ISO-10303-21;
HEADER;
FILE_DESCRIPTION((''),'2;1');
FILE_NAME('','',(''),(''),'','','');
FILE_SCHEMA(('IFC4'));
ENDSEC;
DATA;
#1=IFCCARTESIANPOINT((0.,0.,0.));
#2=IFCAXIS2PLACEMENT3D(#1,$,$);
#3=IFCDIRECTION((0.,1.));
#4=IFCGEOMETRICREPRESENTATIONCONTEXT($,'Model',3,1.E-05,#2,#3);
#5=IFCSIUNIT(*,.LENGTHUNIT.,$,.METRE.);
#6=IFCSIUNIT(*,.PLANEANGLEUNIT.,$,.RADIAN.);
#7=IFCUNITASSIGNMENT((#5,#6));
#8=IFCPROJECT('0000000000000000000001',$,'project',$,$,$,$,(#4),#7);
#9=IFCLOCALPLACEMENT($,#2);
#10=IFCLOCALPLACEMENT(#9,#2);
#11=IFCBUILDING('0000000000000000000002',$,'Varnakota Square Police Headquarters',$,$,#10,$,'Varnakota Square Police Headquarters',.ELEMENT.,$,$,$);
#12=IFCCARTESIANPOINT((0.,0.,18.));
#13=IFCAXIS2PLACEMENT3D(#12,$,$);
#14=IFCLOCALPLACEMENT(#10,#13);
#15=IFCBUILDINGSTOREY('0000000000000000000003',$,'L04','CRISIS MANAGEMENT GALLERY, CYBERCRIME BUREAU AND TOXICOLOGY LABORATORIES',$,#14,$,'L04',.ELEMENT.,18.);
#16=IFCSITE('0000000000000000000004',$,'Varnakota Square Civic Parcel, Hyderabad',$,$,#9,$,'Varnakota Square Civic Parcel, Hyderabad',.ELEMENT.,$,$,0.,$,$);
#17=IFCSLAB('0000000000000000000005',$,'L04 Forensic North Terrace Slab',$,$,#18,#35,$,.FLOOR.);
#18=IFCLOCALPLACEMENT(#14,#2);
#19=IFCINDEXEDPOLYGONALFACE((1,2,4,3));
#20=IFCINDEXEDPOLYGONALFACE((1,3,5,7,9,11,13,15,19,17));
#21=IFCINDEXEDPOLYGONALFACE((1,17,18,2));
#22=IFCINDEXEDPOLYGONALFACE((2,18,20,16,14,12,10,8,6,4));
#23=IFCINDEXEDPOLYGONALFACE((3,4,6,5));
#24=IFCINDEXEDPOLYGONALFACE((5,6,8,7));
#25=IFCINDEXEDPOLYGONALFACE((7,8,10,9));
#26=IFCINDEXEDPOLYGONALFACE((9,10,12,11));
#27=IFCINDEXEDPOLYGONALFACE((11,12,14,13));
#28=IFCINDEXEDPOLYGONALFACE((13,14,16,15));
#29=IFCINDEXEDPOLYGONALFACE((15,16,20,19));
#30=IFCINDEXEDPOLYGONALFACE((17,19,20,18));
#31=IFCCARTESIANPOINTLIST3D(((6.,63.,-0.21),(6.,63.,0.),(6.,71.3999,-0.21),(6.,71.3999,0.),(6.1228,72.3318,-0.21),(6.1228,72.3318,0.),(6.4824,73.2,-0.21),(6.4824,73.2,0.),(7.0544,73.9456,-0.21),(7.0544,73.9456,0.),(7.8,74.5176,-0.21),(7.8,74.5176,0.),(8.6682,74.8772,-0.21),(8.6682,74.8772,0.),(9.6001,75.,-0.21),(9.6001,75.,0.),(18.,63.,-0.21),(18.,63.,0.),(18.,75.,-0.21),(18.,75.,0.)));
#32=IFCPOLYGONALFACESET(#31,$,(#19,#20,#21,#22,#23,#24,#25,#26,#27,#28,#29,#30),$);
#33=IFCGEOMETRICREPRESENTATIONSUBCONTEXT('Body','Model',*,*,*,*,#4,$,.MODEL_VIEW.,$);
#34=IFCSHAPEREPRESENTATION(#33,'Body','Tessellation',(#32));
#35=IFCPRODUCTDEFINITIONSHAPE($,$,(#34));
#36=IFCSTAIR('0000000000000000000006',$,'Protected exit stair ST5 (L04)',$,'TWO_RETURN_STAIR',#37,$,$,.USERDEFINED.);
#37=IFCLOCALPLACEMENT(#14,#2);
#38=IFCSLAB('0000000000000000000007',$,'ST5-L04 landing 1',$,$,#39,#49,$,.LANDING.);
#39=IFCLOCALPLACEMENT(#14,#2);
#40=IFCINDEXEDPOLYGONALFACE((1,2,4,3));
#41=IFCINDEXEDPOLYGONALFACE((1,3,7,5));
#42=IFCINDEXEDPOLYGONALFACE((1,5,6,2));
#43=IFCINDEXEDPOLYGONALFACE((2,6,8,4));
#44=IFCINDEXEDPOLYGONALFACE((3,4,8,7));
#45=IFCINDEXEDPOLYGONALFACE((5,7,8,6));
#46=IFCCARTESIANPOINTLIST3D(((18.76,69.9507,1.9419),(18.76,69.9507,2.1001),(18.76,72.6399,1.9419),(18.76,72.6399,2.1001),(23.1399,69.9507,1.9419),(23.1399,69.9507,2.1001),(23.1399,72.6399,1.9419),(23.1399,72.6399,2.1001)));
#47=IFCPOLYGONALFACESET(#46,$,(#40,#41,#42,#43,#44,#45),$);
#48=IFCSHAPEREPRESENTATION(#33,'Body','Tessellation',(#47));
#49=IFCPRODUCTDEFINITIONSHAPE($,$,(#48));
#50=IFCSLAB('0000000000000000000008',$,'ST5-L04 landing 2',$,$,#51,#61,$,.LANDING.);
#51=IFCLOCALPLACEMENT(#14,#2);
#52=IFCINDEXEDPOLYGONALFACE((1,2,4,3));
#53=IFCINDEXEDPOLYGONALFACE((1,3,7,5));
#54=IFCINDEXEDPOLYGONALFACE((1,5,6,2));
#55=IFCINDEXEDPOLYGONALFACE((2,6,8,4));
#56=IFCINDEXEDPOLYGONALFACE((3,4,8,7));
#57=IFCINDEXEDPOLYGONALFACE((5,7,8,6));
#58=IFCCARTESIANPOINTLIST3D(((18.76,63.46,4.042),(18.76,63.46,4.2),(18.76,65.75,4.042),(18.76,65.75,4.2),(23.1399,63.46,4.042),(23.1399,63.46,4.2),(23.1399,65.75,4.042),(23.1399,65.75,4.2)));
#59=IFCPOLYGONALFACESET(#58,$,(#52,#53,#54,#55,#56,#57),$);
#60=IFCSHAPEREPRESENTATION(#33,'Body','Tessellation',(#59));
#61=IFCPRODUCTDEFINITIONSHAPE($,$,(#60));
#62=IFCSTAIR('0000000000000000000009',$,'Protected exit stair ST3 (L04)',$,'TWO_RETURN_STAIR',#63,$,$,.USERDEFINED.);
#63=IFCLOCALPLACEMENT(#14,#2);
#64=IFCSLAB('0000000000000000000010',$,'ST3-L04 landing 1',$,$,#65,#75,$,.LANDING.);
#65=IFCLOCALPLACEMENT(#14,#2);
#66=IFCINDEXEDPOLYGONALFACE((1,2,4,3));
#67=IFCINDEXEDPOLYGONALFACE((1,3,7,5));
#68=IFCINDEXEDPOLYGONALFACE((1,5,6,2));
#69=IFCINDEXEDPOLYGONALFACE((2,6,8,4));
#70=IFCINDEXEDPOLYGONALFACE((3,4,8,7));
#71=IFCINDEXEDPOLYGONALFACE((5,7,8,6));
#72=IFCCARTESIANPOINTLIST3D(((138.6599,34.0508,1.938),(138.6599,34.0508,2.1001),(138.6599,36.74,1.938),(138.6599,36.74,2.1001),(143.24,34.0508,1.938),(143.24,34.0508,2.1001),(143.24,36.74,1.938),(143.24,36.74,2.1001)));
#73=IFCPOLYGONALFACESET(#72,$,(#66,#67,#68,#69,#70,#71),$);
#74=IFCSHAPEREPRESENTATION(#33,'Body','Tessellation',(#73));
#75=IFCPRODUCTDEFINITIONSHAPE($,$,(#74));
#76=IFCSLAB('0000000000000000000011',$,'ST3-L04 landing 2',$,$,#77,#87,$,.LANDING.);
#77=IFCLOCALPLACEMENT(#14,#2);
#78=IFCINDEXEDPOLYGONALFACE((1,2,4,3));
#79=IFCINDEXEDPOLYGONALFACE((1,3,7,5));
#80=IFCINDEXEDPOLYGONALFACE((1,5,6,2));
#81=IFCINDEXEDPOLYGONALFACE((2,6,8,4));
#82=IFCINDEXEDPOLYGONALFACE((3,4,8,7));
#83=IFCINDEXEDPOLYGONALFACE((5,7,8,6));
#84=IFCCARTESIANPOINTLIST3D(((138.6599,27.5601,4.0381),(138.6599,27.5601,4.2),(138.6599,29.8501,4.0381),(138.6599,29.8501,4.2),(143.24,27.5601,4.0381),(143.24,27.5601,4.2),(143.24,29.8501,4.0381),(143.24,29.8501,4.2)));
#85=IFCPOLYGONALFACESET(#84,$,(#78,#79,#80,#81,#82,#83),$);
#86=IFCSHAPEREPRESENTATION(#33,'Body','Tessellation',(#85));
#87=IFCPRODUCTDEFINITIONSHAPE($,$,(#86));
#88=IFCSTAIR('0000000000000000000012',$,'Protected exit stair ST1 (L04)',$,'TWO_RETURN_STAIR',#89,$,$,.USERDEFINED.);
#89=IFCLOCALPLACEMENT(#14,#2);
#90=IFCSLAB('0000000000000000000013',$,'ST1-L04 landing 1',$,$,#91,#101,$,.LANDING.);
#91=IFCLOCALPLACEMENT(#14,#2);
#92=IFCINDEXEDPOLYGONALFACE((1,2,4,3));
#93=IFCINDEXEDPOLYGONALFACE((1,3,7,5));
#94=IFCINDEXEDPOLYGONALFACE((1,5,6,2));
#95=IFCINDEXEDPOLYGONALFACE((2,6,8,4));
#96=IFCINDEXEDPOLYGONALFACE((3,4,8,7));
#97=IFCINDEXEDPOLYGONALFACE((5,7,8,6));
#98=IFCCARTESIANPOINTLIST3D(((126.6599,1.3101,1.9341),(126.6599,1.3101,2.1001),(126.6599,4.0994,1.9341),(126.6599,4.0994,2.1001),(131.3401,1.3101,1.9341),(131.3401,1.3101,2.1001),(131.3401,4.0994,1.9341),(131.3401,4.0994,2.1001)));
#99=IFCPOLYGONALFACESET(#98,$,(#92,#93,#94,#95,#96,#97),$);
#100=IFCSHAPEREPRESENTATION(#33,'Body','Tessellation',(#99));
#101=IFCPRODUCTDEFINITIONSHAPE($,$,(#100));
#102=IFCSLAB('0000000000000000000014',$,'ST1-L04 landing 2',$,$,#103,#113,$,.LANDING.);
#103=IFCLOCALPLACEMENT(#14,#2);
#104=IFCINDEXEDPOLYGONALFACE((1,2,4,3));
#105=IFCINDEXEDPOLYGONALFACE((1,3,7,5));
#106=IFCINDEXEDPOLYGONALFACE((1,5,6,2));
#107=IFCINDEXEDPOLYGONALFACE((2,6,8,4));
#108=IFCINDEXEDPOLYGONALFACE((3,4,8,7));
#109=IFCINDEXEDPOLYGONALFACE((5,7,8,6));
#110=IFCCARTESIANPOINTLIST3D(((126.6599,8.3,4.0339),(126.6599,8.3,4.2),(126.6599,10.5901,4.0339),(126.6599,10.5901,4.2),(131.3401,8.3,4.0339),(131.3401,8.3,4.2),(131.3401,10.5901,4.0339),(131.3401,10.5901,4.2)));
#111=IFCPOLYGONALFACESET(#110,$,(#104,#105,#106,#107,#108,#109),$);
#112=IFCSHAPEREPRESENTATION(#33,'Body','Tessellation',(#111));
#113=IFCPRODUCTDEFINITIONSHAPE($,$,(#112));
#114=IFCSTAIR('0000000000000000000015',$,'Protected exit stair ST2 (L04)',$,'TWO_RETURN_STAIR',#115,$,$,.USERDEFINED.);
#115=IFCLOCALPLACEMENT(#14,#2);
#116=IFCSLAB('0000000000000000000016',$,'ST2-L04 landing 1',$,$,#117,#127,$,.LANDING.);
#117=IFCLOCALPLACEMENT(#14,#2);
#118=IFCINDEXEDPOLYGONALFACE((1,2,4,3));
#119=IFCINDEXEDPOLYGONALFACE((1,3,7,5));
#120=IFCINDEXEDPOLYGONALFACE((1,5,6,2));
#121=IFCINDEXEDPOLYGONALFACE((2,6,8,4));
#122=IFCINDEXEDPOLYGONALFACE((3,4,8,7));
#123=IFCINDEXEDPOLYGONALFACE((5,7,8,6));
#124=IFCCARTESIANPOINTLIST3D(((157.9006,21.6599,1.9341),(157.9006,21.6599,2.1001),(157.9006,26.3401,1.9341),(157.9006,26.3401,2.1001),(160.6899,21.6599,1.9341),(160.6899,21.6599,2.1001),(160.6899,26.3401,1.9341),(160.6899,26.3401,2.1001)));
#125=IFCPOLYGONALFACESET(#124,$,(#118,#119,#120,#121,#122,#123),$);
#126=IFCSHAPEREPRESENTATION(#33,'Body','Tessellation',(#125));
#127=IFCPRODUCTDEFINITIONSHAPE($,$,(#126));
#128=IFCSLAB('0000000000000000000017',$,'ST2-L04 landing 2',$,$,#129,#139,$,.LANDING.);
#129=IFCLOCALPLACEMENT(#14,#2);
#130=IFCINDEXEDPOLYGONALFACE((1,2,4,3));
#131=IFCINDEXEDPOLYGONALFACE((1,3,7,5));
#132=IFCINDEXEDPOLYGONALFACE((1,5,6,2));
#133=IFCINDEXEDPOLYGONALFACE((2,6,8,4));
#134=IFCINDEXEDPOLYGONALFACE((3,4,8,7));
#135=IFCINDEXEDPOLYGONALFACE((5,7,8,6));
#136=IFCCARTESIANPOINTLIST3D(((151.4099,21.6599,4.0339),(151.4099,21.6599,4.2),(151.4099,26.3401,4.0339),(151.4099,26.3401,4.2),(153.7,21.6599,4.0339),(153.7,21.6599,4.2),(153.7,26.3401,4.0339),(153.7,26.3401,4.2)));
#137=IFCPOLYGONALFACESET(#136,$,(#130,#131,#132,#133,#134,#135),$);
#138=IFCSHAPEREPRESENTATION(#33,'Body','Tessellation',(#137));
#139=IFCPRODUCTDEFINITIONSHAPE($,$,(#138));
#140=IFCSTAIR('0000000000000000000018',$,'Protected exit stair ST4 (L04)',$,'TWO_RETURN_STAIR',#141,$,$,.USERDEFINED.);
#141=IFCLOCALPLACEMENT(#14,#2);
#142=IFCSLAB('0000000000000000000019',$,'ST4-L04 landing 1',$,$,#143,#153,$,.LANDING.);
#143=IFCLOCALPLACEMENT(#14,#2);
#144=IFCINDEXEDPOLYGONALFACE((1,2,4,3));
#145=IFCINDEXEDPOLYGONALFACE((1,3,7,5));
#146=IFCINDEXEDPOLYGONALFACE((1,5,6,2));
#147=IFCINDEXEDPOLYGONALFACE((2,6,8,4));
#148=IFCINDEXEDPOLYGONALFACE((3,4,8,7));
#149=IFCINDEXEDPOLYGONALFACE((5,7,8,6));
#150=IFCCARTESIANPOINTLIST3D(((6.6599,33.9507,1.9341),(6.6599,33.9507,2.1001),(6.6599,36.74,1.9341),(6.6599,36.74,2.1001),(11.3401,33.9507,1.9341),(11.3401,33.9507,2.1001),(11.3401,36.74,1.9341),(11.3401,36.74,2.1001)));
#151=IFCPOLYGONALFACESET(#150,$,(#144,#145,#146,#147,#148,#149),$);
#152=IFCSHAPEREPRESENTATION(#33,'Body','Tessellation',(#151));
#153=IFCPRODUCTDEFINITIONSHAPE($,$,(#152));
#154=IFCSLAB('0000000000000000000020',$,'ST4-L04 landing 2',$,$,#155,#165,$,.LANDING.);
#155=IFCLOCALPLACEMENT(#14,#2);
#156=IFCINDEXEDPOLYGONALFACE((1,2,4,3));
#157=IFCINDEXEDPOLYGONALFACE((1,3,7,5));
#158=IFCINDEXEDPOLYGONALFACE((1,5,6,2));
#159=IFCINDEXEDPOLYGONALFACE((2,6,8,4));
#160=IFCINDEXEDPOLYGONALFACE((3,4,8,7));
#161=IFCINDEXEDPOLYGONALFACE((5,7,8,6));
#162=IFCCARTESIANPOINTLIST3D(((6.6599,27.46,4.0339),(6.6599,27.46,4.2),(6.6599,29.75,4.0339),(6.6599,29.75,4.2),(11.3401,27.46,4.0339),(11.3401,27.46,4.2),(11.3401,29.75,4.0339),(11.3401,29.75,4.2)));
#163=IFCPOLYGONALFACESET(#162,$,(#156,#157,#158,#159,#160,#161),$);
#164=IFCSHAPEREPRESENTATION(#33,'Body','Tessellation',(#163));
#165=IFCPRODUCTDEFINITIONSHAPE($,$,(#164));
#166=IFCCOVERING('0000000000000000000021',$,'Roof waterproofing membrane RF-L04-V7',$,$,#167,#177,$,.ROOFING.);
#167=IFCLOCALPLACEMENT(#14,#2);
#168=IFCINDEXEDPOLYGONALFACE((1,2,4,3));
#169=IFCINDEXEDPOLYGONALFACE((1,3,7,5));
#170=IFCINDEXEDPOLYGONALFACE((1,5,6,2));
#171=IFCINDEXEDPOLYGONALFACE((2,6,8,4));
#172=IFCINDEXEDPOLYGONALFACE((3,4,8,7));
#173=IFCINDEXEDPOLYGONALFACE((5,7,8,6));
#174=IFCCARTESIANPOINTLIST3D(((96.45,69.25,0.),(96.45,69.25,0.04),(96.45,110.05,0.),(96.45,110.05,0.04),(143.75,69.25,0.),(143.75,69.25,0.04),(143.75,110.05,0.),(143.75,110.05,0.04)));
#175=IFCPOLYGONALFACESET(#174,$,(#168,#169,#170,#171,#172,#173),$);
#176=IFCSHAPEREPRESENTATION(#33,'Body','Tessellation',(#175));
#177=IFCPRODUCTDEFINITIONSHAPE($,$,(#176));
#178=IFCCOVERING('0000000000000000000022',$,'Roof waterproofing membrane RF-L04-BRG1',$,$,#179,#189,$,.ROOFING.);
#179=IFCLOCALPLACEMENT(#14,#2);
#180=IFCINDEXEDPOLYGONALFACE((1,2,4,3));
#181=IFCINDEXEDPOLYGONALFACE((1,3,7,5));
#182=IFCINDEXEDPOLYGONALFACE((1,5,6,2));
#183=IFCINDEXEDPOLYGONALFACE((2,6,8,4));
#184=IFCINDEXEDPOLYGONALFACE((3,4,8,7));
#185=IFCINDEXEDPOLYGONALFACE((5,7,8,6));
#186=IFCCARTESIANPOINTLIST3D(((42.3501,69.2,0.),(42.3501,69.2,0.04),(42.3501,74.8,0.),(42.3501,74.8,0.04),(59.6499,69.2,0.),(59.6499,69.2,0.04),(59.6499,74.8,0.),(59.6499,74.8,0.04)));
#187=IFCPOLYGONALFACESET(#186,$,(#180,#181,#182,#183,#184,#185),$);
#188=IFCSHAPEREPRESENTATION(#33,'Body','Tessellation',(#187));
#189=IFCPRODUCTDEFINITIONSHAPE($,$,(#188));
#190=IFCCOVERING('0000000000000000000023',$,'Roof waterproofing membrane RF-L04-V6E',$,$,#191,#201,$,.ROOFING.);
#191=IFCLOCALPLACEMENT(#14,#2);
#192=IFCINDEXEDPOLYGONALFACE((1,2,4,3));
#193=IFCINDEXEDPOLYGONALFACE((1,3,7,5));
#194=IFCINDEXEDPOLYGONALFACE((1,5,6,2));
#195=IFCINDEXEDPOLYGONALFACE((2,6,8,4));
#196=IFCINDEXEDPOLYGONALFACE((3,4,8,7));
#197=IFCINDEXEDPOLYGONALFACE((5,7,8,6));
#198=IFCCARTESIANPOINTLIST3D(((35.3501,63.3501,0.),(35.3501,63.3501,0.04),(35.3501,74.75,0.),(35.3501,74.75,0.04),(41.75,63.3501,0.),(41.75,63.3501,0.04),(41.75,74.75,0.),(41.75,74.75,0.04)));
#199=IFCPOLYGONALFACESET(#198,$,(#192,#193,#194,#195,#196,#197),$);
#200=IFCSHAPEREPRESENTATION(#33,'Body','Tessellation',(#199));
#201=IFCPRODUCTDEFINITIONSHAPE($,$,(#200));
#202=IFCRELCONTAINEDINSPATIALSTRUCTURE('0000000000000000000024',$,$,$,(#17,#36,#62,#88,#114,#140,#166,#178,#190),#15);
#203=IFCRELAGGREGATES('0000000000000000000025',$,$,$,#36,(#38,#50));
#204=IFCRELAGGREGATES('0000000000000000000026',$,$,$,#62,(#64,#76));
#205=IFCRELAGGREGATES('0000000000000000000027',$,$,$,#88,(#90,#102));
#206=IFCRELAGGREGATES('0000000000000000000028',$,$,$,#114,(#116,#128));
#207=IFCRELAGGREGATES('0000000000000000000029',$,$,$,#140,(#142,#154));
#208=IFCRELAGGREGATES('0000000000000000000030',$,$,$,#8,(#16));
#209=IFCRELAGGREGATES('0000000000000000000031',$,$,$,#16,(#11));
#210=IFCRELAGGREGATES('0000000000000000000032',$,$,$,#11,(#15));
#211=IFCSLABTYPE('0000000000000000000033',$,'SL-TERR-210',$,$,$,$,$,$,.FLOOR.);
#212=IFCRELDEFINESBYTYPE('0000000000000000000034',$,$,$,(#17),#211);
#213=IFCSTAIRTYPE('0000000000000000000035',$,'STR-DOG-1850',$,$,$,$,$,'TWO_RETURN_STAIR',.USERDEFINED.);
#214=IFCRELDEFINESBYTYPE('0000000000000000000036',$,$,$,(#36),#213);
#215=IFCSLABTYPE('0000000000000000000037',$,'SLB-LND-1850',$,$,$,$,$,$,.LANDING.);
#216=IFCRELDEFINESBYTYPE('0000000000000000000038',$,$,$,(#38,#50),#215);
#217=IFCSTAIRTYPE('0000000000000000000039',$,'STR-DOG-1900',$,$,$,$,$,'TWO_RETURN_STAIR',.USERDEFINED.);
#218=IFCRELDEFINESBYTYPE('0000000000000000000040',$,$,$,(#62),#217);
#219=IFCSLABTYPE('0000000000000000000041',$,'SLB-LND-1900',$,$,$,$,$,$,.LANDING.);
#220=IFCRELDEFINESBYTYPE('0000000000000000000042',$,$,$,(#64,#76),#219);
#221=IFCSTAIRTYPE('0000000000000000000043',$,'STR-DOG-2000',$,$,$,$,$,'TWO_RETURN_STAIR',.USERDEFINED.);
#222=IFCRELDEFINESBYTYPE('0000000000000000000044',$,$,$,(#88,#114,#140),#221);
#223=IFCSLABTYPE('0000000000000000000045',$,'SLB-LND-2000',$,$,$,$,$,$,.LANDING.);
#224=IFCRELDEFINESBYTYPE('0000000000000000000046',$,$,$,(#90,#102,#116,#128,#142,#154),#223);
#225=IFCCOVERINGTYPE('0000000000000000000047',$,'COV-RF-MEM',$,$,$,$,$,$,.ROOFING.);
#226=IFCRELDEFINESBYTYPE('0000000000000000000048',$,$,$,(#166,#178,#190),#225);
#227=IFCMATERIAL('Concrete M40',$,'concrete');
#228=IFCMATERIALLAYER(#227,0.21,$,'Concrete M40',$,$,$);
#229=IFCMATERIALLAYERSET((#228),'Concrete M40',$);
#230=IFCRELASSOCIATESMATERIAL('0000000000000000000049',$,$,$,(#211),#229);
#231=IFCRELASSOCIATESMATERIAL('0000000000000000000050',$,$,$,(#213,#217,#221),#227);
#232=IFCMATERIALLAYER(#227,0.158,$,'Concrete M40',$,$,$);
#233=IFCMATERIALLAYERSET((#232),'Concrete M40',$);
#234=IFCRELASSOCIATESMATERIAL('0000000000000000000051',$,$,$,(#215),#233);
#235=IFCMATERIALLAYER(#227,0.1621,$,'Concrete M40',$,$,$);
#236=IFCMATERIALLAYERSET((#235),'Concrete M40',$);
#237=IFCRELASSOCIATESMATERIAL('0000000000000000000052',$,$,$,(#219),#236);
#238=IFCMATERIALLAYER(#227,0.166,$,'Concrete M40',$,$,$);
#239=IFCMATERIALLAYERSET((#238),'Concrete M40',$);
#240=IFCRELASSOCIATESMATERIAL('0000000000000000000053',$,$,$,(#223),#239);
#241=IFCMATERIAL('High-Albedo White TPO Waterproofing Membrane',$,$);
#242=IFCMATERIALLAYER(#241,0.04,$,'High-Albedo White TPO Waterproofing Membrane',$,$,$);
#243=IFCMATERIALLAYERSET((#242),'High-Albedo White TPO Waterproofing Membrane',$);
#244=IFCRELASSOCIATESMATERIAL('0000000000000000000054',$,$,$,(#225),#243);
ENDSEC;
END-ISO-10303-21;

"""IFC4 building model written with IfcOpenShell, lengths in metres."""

from ifc_helpers import new_model, si_unit, direction, frame, origin, place, context, subcontext, project, spatial, polyline, outline, extrude, material, layer, layer_set, type_object, element, aggregate, save


model = new_model("IFC4")

# Units and contexts
model_context = context("Model", 3, precision=1e-05, world=origin(), true_north=direction((0.0, 1.0)))
body_context = subcontext(model_context, "Body", "Model", "MODEL_VIEW")
ifc_project = project(units=[si_unit("LENGTHUNIT", "METRE"), si_unit("PLANEANGLEUNIT", "RADIAN")], contexts=[model_context])

# Site, building, storey
site_placement = place(None, origin())
site = spatial("IfcSite", under=ifc_project, at=site_placement, Name="Varnakota Square Civic Parcel, Hyderabad", LongName="Varnakota Square Civic Parcel, Hyderabad", CompositionType="ELEMENT", RefElevation=0.0)
building_placement = place(site_placement, origin())
building = spatial("IfcBuilding", under=site, at=building_placement, Name="Varnakota Square Police Headquarters", LongName="Varnakota Square Police Headquarters", CompositionType="ELEMENT")
storey_placement = place(building_placement, frame((0.0, 0.0, 18.0)))
storey = spatial("IfcBuildingStorey", under=building, at=storey_placement, Name="L04", Description="CRISIS MANAGEMENT GALLERY, CYBERCRIME BUREAU AND TOXICOLOGY LABORATORIES", LongName="L04", CompositionType="ELEMENT", Elevation=18.0)

# Shared definitions
ifc_material_1 = material(Name="Concrete M40", Category="concrete")

# Slab
ifc_layer_1 = layer(ifc_material_1, 0.21, Name="Concrete M40")
ifc_layer_set_1 = layer_set([ifc_layer_1], Name="Concrete M40")
slab_type_1 = type_object("IfcSlabType", Name="SL-TERR-210", PredefinedType="FLOOR", material=ifc_layer_set_1)
slab_1_placement = place(storey_placement, frame((0.0, 0.0, -0.21)))
element("IfcSlab", 1, at=slab_1_placement, inside=storey, type_object=slab_type_1, Name="L04 Forensic North Terrace Slab", PredefinedType="FLOOR", context=body_context, shape_type="SweptSolid", body=[
    extrude(outline(polyline([(6.0, 63.0), (18.0, 63.0), (18.0, 75.0), (9.6001, 75.0), (8.6682, 74.8772), (7.8, 74.5176), (7.0544, 73.9456), (6.4824, 73.2), (6.1228, 72.3318), (6.0, 71.3999), (6.0, 63.0)])), origin(), (0.0, 0.0, 1.0), 0.21),
])

# Stairs, slabs
stair_type_1 = type_object("IfcStairType", Name="STR-DOG-1850", ElementType="TWO_RETURN_STAIR", PredefinedType="USERDEFINED", material=ifc_material_1)
stair_1_placement = place(storey_placement, origin())
stair_1 = element("IfcStair", 2, at=stair_1_placement, inside=storey, type_object=stair_type_1, Name="Protected exit stair ST5 (L04)", ObjectType="TWO_RETURN_STAIR", PredefinedType="USERDEFINED")
ifc_layer_2 = layer(ifc_material_1, 0.158, Name="Concrete M40")
ifc_layer_set_2 = layer_set([ifc_layer_2], Name="Concrete M40")
slab_type_2 = type_object("IfcSlabType", Name="SLB-LND-1850", PredefinedType="LANDING", material=ifc_layer_set_2)
slab_2_placement = place(storey_placement, frame((0.0, 0.0, 1.9419)))
slab_2 = element("IfcSlab", 3, at=slab_2_placement, type_object=slab_type_2, Name="ST5-L04 landing 1", PredefinedType="LANDING", context=body_context, shape_type="SweptSolid", body=[
    extrude(outline(polyline([(18.76, 69.9507), (23.1399, 69.9507), (23.1399, 72.6399), (18.76, 72.6399), (18.76, 69.9507)])), origin(), (0.0, 0.0, 1.0), 0.1582),
])
slab_3_placement = place(storey_placement, frame((0.0, 0.0, 4.042)))
slab_3 = element("IfcSlab", 4, at=slab_3_placement, type_object=slab_type_2, Name="ST5-L04 landing 2", PredefinedType="LANDING", context=body_context, shape_type="SweptSolid", body=[
    extrude(outline(polyline([(18.76, 63.46), (23.1399, 63.46), (23.1399, 65.75), (18.76, 65.75), (18.76, 63.46)])), origin(), (0.0, 0.0, 1.0), 0.158),
])
aggregate(stair_1, [slab_2, slab_3])
stair_type_2 = type_object("IfcStairType", Name="STR-DOG-1900", ElementType="TWO_RETURN_STAIR", PredefinedType="USERDEFINED", material=ifc_material_1)
stair_2_placement = place(storey_placement, origin())
stair_2 = element("IfcStair", 5, at=stair_2_placement, inside=storey, type_object=stair_type_2, Name="Protected exit stair ST3 (L04)", ObjectType="TWO_RETURN_STAIR", PredefinedType="USERDEFINED")
ifc_layer_3 = layer(ifc_material_1, 0.1621, Name="Concrete M40")
ifc_layer_set_3 = layer_set([ifc_layer_3], Name="Concrete M40")
slab_type_3 = type_object("IfcSlabType", Name="SLB-LND-1900", PredefinedType="LANDING", material=ifc_layer_set_3)
slab_4_placement = place(storey_placement, frame((0.0, 0.0, 1.938)))
slab_4 = element("IfcSlab", 6, at=slab_4_placement, type_object=slab_type_3, Name="ST3-L04 landing 1", PredefinedType="LANDING", context=body_context, shape_type="SweptSolid", body=[
    extrude(outline(polyline([(138.6599, 34.0508), (143.24, 34.0508), (143.24, 36.74), (138.6599, 36.74), (138.6599, 34.0508)])), origin(), (0.0, 0.0, 1.0), 0.1621),
])
slab_5_placement = place(storey_placement, frame((0.0, 0.0, 4.0381)))
slab_5 = element("IfcSlab", 7, at=slab_5_placement, type_object=slab_type_3, Name="ST3-L04 landing 2", PredefinedType="LANDING", context=body_context, shape_type="SweptSolid", body=[
    extrude(outline(polyline([(138.6599, 27.5601), (143.24, 27.5601), (143.24, 29.8501), (138.6599, 29.8501), (138.6599, 27.5601)])), origin(), (0.0, 0.0, 1.0), 0.1619),
])
aggregate(stair_2, [slab_4, slab_5])
stair_type_3 = type_object("IfcStairType", Name="STR-DOG-2000", ElementType="TWO_RETURN_STAIR", PredefinedType="USERDEFINED", material=ifc_material_1)
stair_3_placement = place(storey_placement, origin())
stair_3 = element("IfcStair", 8, at=stair_3_placement, inside=storey, type_object=stair_type_3, Name="Protected exit stair ST1 (L04)", ObjectType="TWO_RETURN_STAIR", PredefinedType="USERDEFINED")
ifc_layer_4 = layer(ifc_material_1, 0.166, Name="Concrete M40")
ifc_layer_set_4 = layer_set([ifc_layer_4], Name="Concrete M40")
slab_type_4 = type_object("IfcSlabType", Name="SLB-LND-2000", PredefinedType="LANDING", material=ifc_layer_set_4)
slab_6_placement = place(storey_placement, frame((0.0, 0.0, 1.9341)))
slab_6 = element("IfcSlab", 9, at=slab_6_placement, type_object=slab_type_4, Name="ST1-L04 landing 1", PredefinedType="LANDING", context=body_context, shape_type="SweptSolid", body=[
    extrude(outline(polyline([(126.6599, 1.3101), (131.3401, 1.3101), (131.3401, 4.0994), (126.6599, 4.0994), (126.6599, 1.3101)])), origin(), (0.0, 0.0, 1.0), 0.166),
])
slab_7_placement = place(storey_placement, frame((0.0, 0.0, 4.0339)))
slab_7 = element("IfcSlab", 10, at=slab_7_placement, type_object=slab_type_4, Name="ST1-L04 landing 2", PredefinedType="LANDING", context=body_context, shape_type="SweptSolid", body=[
    extrude(outline(polyline([(126.6599, 8.3), (131.3401, 8.3), (131.3401, 10.5901), (126.6599, 10.5901), (126.6599, 8.3)])), origin(), (0.0, 0.0, 1.0), 0.166),
])
aggregate(stair_3, [slab_6, slab_7])
stair_4_placement = place(storey_placement, origin())
stair_4 = element("IfcStair", 11, at=stair_4_placement, inside=storey, type_object=stair_type_3, Name="Protected exit stair ST2 (L04)", ObjectType="TWO_RETURN_STAIR", PredefinedType="USERDEFINED")
slab_8_placement = place(storey_placement, frame((0.0, 0.0, 1.9341)))
slab_8 = element("IfcSlab", 12, at=slab_8_placement, type_object=slab_type_4, Name="ST2-L04 landing 1", PredefinedType="LANDING", context=body_context, shape_type="SweptSolid", body=[
    extrude(outline(polyline([(157.9006, 21.6599), (160.6899, 21.6599), (160.6899, 26.3401), (157.9006, 26.3401), (157.9006, 21.6599)])), origin(), (0.0, 0.0, 1.0), 0.166),
])
slab_9_placement = place(storey_placement, frame((0.0, 0.0, 4.0339)))
slab_9 = element("IfcSlab", 13, at=slab_9_placement, type_object=slab_type_4, Name="ST2-L04 landing 2", PredefinedType="LANDING", context=body_context, shape_type="SweptSolid", body=[
    extrude(outline(polyline([(151.4099, 21.6599), (153.7, 21.6599), (153.7, 26.3401), (151.4099, 26.3401), (151.4099, 21.6599)])), origin(), (0.0, 0.0, 1.0), 0.166),
])
aggregate(stair_4, [slab_8, slab_9])
stair_5_placement = place(storey_placement, origin())
stair_5 = element("IfcStair", 14, at=stair_5_placement, inside=storey, type_object=stair_type_3, Name="Protected exit stair ST4 (L04)", ObjectType="TWO_RETURN_STAIR", PredefinedType="USERDEFINED")
slab_10_placement = place(storey_placement, frame((0.0, 0.0, 1.9341)))
slab_10 = element("IfcSlab", 15, at=slab_10_placement, type_object=slab_type_4, Name="ST4-L04 landing 1", PredefinedType="LANDING", context=body_context, shape_type="SweptSolid", body=[
    extrude(outline(polyline([(6.6599, 33.9507), (11.3401, 33.9507), (11.3401, 36.74), (6.6599, 36.74), (6.6599, 33.9507)])), origin(), (0.0, 0.0, 1.0), 0.166),
])
slab_11_placement = place(storey_placement, frame((0.0, 0.0, 4.0339)))
slab_11 = element("IfcSlab", 16, at=slab_11_placement, type_object=slab_type_4, Name="ST4-L04 landing 2", PredefinedType="LANDING", context=body_context, shape_type="SweptSolid", body=[
    extrude(outline(polyline([(6.6599, 27.46), (11.3401, 27.46), (11.3401, 29.75), (6.6599, 29.75), (6.6599, 27.46)])), origin(), (0.0, 0.0, 1.0), 0.166),
])
aggregate(stair_5, [slab_10, slab_11])

# Coverings
ifc_material_2 = material(Name="High-Albedo White TPO Waterproofing Membrane")
ifc_layer_5 = layer(ifc_material_2, 0.04, Name="High-Albedo White TPO Waterproofing Membrane")
ifc_layer_set_5 = layer_set([ifc_layer_5], Name="High-Albedo White TPO Waterproofing Membrane")
covering_type = type_object("IfcCoveringType", Name="COV-RF-MEM", PredefinedType="ROOFING", material=ifc_layer_set_5)
covering_1_placement = place(storey_placement, origin())
element("IfcCovering", 17, at=covering_1_placement, inside=storey, type_object=covering_type, Name="Roof waterproofing membrane RF-L04-V7", PredefinedType="ROOFING", context=body_context, shape_type="SweptSolid", body=[
    extrude(outline(polyline([(96.45, 69.25), (143.75, 69.25), (143.75, 110.05), (96.45, 110.05), (96.45, 69.25)])), origin(), (0.0, 0.0, 1.0), 0.04),
])
covering_2_placement = place(storey_placement, origin())
element("IfcCovering", 18, at=covering_2_placement, inside=storey, type_object=covering_type, Name="Roof waterproofing membrane RF-L04-BRG1", PredefinedType="ROOFING", context=body_context, shape_type="SweptSolid", body=[
    extrude(outline(polyline([(42.3501, 69.2), (59.6499, 69.2), (59.6499, 74.8), (42.3501, 74.8), (42.3501, 69.2)])), origin(), (0.0, 0.0, 1.0), 0.04),
])
covering_3_placement = place(storey_placement, origin())
element("IfcCovering", 19, at=covering_3_placement, inside=storey, type_object=covering_type, Name="Roof waterproofing membrane RF-L04-V6E", PredefinedType="ROOFING", context=body_context, shape_type="SweptSolid", body=[
    extrude(outline(polyline([(35.3501, 63.3501), (41.75, 63.3501), (41.75, 74.75), (35.3501, 74.75), (35.3501, 63.3501)])), origin(), (0.0, 0.0, 1.0), 0.04),
])

save(model, "model.ifc")
